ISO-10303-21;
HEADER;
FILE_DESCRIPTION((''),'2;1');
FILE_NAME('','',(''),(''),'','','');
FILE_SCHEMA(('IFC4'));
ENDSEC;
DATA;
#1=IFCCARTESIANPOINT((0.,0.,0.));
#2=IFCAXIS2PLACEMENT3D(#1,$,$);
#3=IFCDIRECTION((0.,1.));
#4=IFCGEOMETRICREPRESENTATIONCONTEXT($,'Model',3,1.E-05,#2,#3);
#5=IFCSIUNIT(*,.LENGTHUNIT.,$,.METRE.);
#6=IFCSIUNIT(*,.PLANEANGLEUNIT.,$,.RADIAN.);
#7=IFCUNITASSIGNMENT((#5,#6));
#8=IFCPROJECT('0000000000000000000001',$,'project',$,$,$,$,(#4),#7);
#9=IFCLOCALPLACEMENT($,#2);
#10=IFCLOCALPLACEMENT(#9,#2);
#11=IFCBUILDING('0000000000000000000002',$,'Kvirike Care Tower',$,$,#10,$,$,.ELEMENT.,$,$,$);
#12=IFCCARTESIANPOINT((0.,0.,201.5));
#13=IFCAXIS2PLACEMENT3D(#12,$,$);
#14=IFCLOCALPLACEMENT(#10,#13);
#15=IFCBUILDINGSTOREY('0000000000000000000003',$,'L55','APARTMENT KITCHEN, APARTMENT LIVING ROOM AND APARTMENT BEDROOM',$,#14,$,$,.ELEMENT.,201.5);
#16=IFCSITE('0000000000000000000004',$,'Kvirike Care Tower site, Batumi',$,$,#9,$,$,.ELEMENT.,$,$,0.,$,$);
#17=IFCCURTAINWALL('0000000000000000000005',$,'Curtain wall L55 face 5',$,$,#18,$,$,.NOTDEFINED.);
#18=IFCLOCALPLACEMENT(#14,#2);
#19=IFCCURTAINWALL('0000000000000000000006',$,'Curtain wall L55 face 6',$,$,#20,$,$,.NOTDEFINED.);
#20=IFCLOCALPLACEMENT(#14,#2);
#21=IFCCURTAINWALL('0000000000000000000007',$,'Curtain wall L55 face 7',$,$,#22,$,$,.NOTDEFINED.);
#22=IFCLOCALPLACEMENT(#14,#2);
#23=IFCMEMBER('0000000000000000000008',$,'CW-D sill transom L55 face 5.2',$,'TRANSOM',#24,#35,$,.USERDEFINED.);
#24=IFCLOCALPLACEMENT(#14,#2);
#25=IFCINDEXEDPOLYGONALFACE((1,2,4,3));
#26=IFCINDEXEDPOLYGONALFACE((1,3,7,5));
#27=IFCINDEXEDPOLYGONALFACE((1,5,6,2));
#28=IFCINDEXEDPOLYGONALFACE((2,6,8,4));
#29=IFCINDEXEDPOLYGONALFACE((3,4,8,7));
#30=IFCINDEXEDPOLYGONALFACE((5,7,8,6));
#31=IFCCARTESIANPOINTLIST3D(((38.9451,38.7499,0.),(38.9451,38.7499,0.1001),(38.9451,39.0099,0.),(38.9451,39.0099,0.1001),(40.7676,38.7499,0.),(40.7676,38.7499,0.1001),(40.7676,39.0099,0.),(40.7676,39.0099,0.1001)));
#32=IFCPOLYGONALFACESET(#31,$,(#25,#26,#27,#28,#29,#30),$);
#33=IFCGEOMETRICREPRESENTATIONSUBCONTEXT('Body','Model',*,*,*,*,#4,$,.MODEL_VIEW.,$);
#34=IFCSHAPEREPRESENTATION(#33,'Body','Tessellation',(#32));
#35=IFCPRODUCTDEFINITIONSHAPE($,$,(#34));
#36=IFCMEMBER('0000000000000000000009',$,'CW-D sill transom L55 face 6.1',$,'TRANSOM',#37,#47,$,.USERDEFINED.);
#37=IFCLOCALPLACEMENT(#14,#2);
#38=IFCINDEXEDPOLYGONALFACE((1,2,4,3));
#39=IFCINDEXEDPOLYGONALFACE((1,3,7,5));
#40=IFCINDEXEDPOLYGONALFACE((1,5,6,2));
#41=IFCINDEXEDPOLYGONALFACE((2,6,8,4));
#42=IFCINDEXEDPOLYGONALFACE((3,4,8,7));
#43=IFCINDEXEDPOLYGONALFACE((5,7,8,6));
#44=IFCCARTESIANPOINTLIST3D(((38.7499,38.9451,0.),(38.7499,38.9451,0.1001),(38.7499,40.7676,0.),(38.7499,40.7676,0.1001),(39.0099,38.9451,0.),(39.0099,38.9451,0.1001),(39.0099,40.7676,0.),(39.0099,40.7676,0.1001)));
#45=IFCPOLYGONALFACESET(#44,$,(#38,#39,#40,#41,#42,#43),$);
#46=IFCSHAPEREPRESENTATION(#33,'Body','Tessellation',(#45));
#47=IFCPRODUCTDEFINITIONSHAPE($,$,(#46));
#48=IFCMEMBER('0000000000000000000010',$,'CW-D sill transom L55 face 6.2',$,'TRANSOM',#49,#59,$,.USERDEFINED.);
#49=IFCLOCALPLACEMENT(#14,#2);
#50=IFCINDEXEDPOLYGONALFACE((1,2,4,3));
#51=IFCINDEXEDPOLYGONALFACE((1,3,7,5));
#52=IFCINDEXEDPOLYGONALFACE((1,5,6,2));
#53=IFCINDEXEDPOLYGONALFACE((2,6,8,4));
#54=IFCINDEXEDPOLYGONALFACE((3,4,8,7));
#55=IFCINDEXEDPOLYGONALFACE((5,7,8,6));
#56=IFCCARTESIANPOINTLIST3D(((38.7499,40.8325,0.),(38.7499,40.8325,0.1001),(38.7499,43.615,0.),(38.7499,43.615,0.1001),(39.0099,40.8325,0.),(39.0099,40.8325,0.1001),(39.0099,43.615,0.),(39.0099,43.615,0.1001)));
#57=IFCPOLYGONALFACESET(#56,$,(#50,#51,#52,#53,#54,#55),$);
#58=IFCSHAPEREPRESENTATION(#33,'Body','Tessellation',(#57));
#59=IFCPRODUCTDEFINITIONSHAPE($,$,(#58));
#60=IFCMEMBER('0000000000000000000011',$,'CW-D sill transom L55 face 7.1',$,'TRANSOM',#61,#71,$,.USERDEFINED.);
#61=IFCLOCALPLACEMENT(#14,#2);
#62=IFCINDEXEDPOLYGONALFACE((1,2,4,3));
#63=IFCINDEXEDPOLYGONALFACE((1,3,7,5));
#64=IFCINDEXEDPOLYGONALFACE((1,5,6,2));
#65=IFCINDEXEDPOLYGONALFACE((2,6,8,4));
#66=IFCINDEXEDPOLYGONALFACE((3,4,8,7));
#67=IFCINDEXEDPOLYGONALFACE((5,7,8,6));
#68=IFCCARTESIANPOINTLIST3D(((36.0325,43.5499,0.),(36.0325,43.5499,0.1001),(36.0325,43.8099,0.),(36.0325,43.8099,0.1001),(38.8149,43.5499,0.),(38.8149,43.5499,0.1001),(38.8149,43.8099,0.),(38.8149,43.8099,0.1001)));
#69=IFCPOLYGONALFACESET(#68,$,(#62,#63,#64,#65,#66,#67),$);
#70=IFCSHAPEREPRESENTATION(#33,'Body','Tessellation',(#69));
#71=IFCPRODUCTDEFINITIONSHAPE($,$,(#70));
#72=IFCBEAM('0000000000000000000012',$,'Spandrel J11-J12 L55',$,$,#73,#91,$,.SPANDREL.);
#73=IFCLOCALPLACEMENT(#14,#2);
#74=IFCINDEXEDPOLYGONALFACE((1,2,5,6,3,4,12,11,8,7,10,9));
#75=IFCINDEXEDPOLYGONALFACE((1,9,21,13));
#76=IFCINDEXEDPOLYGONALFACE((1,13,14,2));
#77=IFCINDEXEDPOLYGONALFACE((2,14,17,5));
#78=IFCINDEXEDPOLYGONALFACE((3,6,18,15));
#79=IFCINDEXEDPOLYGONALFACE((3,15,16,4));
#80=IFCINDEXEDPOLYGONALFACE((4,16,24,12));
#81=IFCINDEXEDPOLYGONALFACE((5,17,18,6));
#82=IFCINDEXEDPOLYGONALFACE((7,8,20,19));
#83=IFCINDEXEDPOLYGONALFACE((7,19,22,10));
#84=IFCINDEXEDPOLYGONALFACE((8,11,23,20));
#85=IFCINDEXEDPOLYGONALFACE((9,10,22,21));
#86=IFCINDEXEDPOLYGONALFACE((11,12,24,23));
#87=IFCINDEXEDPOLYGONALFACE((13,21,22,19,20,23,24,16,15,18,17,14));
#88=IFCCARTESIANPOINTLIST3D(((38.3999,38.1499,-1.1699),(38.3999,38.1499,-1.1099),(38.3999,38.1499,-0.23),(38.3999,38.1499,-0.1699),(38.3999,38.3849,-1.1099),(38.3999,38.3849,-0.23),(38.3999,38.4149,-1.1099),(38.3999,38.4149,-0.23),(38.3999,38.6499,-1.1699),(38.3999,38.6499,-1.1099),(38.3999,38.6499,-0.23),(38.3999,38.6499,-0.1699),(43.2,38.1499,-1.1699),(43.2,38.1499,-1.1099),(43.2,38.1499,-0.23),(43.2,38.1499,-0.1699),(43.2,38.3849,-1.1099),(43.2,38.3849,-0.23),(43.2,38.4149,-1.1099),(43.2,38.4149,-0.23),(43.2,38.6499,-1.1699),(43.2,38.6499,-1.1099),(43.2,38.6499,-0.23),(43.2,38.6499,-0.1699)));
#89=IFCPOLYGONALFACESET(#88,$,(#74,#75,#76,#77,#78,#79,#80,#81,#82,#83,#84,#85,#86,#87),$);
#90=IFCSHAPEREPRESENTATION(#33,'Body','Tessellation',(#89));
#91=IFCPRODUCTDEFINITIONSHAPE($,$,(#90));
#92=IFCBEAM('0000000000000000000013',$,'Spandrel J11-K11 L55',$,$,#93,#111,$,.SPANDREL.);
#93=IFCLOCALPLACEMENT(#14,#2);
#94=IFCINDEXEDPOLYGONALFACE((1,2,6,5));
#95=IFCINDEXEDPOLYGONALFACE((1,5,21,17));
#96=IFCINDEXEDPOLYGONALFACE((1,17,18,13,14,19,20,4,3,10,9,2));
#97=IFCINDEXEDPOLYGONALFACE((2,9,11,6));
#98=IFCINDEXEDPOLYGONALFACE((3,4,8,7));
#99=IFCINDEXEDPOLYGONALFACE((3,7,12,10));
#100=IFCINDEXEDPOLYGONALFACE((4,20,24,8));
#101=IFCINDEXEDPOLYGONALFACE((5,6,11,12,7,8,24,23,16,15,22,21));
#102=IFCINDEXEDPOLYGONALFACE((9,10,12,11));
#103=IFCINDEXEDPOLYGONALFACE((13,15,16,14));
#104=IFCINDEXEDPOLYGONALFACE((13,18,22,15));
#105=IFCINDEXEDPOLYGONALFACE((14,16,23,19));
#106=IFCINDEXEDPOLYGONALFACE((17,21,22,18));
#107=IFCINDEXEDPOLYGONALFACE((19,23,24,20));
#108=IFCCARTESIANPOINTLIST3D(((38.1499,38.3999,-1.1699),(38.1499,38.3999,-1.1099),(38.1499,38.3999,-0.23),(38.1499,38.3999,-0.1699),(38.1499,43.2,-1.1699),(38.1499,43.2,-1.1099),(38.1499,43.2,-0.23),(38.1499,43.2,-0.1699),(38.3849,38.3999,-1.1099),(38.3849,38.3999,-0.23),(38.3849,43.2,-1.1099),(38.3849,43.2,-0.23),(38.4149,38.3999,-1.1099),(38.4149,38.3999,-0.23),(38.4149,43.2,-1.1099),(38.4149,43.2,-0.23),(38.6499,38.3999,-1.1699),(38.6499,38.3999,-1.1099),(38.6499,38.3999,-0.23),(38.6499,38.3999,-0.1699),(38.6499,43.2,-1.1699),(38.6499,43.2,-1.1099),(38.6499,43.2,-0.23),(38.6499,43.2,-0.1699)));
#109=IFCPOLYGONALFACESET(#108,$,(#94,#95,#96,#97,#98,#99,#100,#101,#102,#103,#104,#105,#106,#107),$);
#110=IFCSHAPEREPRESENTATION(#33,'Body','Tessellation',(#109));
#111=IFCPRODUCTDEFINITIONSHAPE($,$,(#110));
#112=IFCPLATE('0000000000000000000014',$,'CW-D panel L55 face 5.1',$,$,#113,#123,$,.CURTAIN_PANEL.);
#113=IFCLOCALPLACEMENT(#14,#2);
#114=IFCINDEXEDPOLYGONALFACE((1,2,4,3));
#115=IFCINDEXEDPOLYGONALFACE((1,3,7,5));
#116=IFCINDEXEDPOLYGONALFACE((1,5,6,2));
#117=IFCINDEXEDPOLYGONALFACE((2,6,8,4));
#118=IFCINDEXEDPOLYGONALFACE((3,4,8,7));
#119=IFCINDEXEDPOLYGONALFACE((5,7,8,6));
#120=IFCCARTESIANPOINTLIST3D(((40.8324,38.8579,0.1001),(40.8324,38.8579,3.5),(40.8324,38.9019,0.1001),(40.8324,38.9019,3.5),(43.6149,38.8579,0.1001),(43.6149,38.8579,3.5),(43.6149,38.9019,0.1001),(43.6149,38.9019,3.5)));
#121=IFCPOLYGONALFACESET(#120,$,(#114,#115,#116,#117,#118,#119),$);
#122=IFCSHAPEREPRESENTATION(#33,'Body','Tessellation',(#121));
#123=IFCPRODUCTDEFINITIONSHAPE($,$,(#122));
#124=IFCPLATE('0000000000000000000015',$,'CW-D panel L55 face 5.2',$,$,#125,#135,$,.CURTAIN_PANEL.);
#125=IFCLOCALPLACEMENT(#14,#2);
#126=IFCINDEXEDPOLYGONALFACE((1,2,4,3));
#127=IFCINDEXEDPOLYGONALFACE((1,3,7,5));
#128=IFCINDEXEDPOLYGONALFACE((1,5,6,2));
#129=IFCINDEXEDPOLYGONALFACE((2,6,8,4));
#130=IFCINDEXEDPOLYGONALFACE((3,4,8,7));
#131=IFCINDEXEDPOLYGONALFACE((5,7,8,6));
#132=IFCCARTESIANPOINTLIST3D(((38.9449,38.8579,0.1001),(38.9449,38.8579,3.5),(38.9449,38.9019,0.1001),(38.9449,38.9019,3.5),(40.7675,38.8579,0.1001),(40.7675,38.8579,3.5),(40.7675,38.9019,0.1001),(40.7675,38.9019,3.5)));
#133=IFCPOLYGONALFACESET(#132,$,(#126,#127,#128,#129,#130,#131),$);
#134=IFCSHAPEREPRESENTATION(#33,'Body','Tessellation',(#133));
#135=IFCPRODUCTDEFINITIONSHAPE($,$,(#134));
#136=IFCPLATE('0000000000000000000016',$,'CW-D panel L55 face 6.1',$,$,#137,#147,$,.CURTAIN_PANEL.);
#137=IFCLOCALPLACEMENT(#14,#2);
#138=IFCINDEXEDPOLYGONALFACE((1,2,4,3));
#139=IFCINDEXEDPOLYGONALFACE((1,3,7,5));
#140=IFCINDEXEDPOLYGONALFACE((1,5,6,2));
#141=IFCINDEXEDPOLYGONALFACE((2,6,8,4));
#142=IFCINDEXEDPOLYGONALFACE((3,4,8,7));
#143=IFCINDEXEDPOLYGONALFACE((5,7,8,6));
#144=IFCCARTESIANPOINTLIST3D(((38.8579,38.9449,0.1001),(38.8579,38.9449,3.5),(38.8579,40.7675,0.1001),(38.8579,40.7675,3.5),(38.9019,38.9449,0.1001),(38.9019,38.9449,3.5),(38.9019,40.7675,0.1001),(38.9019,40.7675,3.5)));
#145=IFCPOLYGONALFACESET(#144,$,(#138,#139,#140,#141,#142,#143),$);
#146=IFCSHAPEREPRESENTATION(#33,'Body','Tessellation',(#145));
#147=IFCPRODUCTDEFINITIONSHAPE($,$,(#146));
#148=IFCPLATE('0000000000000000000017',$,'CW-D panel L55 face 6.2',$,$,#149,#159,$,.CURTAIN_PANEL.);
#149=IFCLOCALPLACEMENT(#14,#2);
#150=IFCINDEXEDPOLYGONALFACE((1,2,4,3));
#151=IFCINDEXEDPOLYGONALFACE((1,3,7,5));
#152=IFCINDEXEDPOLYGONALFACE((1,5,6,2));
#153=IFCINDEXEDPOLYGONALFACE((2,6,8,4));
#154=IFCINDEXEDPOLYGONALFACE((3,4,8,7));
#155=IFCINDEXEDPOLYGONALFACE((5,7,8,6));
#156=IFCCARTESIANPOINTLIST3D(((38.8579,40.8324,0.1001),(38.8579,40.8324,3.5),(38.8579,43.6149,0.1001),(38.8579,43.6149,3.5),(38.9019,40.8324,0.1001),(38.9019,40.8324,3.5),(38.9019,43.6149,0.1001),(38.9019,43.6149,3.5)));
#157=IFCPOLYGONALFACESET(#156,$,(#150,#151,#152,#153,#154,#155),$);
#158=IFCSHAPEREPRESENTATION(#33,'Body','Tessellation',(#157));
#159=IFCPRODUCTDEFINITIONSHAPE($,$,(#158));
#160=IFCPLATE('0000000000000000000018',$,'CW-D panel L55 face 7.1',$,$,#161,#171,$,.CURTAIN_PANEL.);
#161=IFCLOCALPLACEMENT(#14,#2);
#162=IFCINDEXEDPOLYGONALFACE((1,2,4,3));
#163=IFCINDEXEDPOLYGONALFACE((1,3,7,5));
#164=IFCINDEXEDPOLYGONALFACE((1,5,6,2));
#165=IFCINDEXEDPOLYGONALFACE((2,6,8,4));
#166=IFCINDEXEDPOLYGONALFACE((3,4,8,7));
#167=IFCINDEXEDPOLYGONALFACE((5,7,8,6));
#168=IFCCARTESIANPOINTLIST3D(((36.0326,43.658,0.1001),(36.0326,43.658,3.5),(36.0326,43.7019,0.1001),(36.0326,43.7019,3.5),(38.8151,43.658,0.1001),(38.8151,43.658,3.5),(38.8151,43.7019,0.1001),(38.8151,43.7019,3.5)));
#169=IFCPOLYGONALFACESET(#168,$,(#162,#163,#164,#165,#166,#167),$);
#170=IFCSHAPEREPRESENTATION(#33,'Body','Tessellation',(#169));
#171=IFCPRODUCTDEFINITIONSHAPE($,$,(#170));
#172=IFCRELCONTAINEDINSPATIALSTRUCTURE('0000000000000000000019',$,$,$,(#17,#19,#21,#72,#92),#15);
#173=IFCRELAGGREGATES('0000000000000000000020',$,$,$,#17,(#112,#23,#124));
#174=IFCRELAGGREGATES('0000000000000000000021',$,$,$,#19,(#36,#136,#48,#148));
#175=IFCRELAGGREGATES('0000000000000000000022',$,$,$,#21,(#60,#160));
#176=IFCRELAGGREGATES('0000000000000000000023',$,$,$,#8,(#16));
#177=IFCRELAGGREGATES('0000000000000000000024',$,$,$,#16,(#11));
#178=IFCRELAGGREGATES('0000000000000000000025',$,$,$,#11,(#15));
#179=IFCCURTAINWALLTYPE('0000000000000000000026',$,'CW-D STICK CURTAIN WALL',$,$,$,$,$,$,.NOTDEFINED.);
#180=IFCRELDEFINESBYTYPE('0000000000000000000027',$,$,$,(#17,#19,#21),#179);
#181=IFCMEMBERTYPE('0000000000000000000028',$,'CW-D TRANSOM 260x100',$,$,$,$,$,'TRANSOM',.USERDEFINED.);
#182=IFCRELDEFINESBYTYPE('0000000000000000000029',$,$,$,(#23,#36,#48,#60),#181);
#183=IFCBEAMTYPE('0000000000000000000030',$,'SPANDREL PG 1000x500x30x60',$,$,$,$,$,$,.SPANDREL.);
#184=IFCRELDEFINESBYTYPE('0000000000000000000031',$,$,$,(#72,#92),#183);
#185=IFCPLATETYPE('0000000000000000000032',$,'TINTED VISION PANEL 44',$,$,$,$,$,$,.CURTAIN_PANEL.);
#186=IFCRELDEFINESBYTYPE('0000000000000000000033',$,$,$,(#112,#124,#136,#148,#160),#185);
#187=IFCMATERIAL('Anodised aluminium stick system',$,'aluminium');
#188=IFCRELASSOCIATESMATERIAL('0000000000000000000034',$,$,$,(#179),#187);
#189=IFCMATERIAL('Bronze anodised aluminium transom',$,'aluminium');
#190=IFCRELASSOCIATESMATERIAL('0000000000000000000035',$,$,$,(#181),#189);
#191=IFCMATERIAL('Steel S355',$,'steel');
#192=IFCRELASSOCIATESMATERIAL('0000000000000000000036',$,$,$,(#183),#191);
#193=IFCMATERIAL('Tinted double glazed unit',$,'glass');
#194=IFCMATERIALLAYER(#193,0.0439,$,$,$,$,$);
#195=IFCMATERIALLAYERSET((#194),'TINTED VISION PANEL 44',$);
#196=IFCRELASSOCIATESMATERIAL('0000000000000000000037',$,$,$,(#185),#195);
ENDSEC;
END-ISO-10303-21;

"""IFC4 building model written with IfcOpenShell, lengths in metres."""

from ifc_helpers import new_model, si_unit, direction, frame, origin, origin_2d, place, context, subcontext, project, spatial, rectangle, i_section, extrude, material, layer, layer_set, material_profile, profile_set, type_object, element, aggregate, save


model = new_model("IFC4")

# Units and contexts
model_context = context("Model", 3, precision=1e-05, world=origin(), true_north=direction((0.0, 1.0)))
body_context = subcontext(model_context, "Body", "Model", "MODEL_VIEW")
ifc_project = project(units=[si_unit("LENGTHUNIT", "METRE"), si_unit("PLANEANGLEUNIT", "RADIAN")], contexts=[model_context])

# Site, building, storey
site_placement = place(None, origin())
site = spatial("IfcSite", under=ifc_project, at=site_placement, Name="Kvirike Care Tower site, Batumi", CompositionType="ELEMENT", RefElevation=0.0)
building_placement = place(site_placement, origin())
building = spatial("IfcBuilding", under=site, at=building_placement, Name="Kvirike Care Tower", CompositionType="ELEMENT")
storey_placement = place(building_placement, frame((0.0, 0.0, 201.5)))
storey = spatial("IfcBuildingStorey", under=building, at=storey_placement, Name="L55", Description="APARTMENT KITCHEN, APARTMENT LIVING ROOM AND APARTMENT BEDROOM", CompositionType="ELEMENT", Elevation=201.5)

# Curtain walls
ifc_material_1 = material(Name="Anodised aluminium stick system", Category="aluminium")
curtain_wall_type = type_object("IfcCurtainWallType", Name="CW-D STICK CURTAIN WALL", PredefinedType="NOTDEFINED", material=ifc_material_1)
curtain_wall_1_placement = place(storey_placement, origin())
curtain_wall_1 = element("IfcCurtainWall", 1, at=curtain_wall_1_placement, inside=storey, type_object=curtain_wall_type, Name="Curtain wall L55 face 5", PredefinedType="NOTDEFINED")
curtain_wall_2_placement = place(storey_placement, origin())
curtain_wall_2 = element("IfcCurtainWall", 2, at=curtain_wall_2_placement, inside=storey, type_object=curtain_wall_type, Name="Curtain wall L55 face 6", PredefinedType="NOTDEFINED")

# Curtain wall
curtain_wall_3_placement = place(storey_placement, origin())
curtain_wall_3 = element("IfcCurtainWall", 3, at=curtain_wall_3_placement, inside=storey, type_object=curtain_wall_type, Name="Curtain wall L55 face 7", PredefinedType="NOTDEFINED")

# Members
ifc_material_2 = material(Name="Bronze anodised aluminium transom", Category="aluminium")
ifc_material_profile_1 = material_profile(ifc_material_2, rectangle(XDim=0.26, YDim=0.1001, at=origin_2d()), Name="CW-D TRANSOM 260x100")
ifc_profile_set_1 = profile_set([ifc_material_profile_1], Name="Bronze anodised aluminium transom")
member_type_1 = type_object("IfcMemberType", Name="CW-D TRANSOM 260x100", ElementType="TRANSOM", PredefinedType="USERDEFINED", material=ifc_profile_set_1)
member_1_placement = place(storey_placement, frame((40.7676, 38.8799, 0.05), z_axis=(-1.0, 0.0, 0.0), x_axis=(0.0, -1.0, 0.0)))
member_1 = element("IfcMember", 4, at=member_1_placement, type_object=member_type_1, Name="CW-D sill transom L55 face 5.2", ObjectType="TRANSOM", PredefinedType="USERDEFINED", context=body_context, shape_type="SweptSolid", body=[
    extrude(rectangle(XDim=0.26, YDim=0.1001, at=origin_2d()), origin(), (0.0, 0.0, 1.0), 1.8225),
])
member_2_placement = place(storey_placement, frame((38.8799, 38.9451, 0.05), z_axis=(0.0, 1.0, 0.0), x_axis=(-1.0, 0.0, 0.0)))
member_2 = element("IfcMember", 5, at=member_2_placement, type_object=member_type_1, Name="CW-D sill transom L55 face 6.1", ObjectType="TRANSOM", PredefinedType="USERDEFINED", context=body_context, shape_type="SweptSolid", body=[
    extrude(rectangle(XDim=0.26, YDim=0.1001, at=origin_2d()), origin(), (0.0, 0.0, 1.0), 1.8225),
])
member_3_placement = place(storey_placement, frame((38.8799, 40.8325, 0.05), z_axis=(0.0, 1.0, 0.0), x_axis=(-1.0, 0.0, 0.0)))
member_3 = element("IfcMember", 6, at=member_3_placement, type_object=member_type_1, Name="CW-D sill transom L55 face 6.2", ObjectType="TRANSOM", PredefinedType="USERDEFINED", context=body_context, shape_type="SweptSolid", body=[
    extrude(rectangle(XDim=0.26, YDim=0.1001, at=origin_2d()), origin(), (0.0, 0.0, 1.0), 2.7825),
])
member_4_placement = place(storey_placement, frame((38.8149, 43.6799, 0.05), z_axis=(-1.0, 0.0, 0.0), x_axis=(0.0, -1.0, 0.0)))
member_4 = element("IfcMember", 7, at=member_4_placement, type_object=member_type_1, Name="CW-D sill transom L55 face 7.1", ObjectType="TRANSOM", PredefinedType="USERDEFINED", context=body_context, shape_type="SweptSolid", body=[
    extrude(rectangle(XDim=0.26, YDim=0.1001, at=origin_2d()), origin(), (0.0, 0.0, 1.0), 2.7825),
])

# Beams
ifc_material_3 = material(Name="Steel S355", Category="steel")
ifc_material_profile_2 = material_profile(ifc_material_3, i_section(OverallWidth=0.5, OverallDepth=1.0, WebThickness=0.03, FlangeThickness=0.0601, at=origin_2d()), Name="PG 1000x500x30x60")
ifc_profile_set_2 = profile_set([ifc_material_profile_2], Name="Steel S355")
beam_type = type_object("IfcBeamType", Name="SPANDREL PG 1000x500x30x60", PredefinedType="SPANDREL", material=ifc_profile_set_2)
for number, where, z_axis, x_axis, name in (
    (8, (38.3999, 38.3999, -0.6699), (1.0, 0.0, 0.0), (0.0, 1.0, 0.0), "Spandrel J11-J12 L55"),
    (9, (38.3999, 38.3999, -0.6699), (0.0, 1.0, 0.0), (-1.0, 0.0, 0.0), "Spandrel J11-K11 L55"),
):
    element("IfcBeam", number, at=place(storey_placement, frame(where, z_axis=z_axis, x_axis=x_axis)), inside=storey, type_object=beam_type, Name=name, PredefinedType="SPANDREL", context=body_context, shape_type="SweptSolid", body=[
        extrude(i_section(OverallWidth=0.5, OverallDepth=1.0, WebThickness=0.03, FlangeThickness=0.0601, at=origin_2d()), origin(), (0.0, 0.0, 1.0), 4.8),
    ])

# Plates
ifc_material_4 = material(Name="Tinted double glazed unit", Category="glass")
ifc_layer_1 = layer(ifc_material_4, 0.0439)
ifc_layer_set_1 = layer_set([ifc_layer_1], Name="TINTED VISION PANEL 44")
plate_type = type_object("IfcPlateType", Name="TINTED VISION PANEL 44", PredefinedType="CURTAIN_PANEL", material=ifc_layer_set_1)
plate_1_placement = place(storey_placement, frame((42.2236, 38.8799, 0.1001), z_axis=(0.0, 0.0, 1.0), x_axis=(-1.0, 0.0, 0.0)))
plate_1 = element("IfcPlate", 10, at=plate_1_placement, type_object=plate_type, Name="CW-D panel L55 face 5.1", PredefinedType="CURTAIN_PANEL", context=body_context, shape_type="SweptSolid", body=[
    extrude(rectangle(XDim=2.7825, YDim=0.0439, at=origin_2d()), origin(), (0.0, 0.0, 1.0), 3.3999),
])
plate_2_placement = place(storey_placement, frame((39.8562, 38.8799, 0.1001), z_axis=(0.0, 0.0, 1.0), x_axis=(-1.0, 0.0, 0.0)))
plate_2 = element("IfcPlate", 11, at=plate_2_placement, type_object=plate_type, Name="CW-D panel L55 face 5.2", PredefinedType="CURTAIN_PANEL", context=body_context, shape_type="SweptSolid", body=[
    extrude(rectangle(XDim=1.8225, YDim=0.0439, at=origin_2d()), origin(), (0.0, 0.0, 1.0), 3.3999),
])
aggregate(curtain_wall_1, [plate_1, member_1, plate_2])
plate_3_placement = place(storey_placement, frame((38.8799, 39.8562, 0.1001), z_axis=(0.0, 0.0, 1.0), x_axis=(0.0, 1.0, 0.0)))
plate_3 = element("IfcPlate", 12, at=plate_3_placement, type_object=plate_type, Name="CW-D panel L55 face 6.1", PredefinedType="CURTAIN_PANEL", context=body_context, shape_type="SweptSolid", body=[
    extrude(rectangle(XDim=1.8225, YDim=0.0439, at=origin_2d()), origin(), (0.0, 0.0, 1.0), 3.3999),
])
plate_4_placement = place(storey_placement, frame((38.8799, 42.2236, 0.1001), z_axis=(0.0, 0.0, 1.0), x_axis=(0.0, 1.0, 0.0)))
plate_4 = element("IfcPlate", 13, at=plate_4_placement, type_object=plate_type, Name="CW-D panel L55 face 6.2", PredefinedType="CURTAIN_PANEL", context=body_context, shape_type="SweptSolid", body=[
    extrude(rectangle(XDim=2.7825, YDim=0.0439, at=origin_2d()), origin(), (0.0, 0.0, 1.0), 3.3999),
])
aggregate(curtain_wall_2, [member_2, plate_3, member_3, plate_4])
plate_5_placement = place(storey_placement, frame((37.4238, 43.6799, 0.1001), z_axis=(0.0, 0.0, 1.0), x_axis=(-1.0, 0.0, 0.0)))
plate_5 = element("IfcPlate", 14, at=plate_5_placement, type_object=plate_type, Name="CW-D panel L55 face 7.1", PredefinedType="CURTAIN_PANEL", context=body_context, shape_type="SweptSolid", body=[
    extrude(rectangle(XDim=2.7825, YDim=0.0439, at=origin_2d()), origin(), (0.0, 0.0, 1.0), 3.3999),
])
aggregate(curtain_wall_3, [member_4, plate_5])

save(model, "model.ifc")
